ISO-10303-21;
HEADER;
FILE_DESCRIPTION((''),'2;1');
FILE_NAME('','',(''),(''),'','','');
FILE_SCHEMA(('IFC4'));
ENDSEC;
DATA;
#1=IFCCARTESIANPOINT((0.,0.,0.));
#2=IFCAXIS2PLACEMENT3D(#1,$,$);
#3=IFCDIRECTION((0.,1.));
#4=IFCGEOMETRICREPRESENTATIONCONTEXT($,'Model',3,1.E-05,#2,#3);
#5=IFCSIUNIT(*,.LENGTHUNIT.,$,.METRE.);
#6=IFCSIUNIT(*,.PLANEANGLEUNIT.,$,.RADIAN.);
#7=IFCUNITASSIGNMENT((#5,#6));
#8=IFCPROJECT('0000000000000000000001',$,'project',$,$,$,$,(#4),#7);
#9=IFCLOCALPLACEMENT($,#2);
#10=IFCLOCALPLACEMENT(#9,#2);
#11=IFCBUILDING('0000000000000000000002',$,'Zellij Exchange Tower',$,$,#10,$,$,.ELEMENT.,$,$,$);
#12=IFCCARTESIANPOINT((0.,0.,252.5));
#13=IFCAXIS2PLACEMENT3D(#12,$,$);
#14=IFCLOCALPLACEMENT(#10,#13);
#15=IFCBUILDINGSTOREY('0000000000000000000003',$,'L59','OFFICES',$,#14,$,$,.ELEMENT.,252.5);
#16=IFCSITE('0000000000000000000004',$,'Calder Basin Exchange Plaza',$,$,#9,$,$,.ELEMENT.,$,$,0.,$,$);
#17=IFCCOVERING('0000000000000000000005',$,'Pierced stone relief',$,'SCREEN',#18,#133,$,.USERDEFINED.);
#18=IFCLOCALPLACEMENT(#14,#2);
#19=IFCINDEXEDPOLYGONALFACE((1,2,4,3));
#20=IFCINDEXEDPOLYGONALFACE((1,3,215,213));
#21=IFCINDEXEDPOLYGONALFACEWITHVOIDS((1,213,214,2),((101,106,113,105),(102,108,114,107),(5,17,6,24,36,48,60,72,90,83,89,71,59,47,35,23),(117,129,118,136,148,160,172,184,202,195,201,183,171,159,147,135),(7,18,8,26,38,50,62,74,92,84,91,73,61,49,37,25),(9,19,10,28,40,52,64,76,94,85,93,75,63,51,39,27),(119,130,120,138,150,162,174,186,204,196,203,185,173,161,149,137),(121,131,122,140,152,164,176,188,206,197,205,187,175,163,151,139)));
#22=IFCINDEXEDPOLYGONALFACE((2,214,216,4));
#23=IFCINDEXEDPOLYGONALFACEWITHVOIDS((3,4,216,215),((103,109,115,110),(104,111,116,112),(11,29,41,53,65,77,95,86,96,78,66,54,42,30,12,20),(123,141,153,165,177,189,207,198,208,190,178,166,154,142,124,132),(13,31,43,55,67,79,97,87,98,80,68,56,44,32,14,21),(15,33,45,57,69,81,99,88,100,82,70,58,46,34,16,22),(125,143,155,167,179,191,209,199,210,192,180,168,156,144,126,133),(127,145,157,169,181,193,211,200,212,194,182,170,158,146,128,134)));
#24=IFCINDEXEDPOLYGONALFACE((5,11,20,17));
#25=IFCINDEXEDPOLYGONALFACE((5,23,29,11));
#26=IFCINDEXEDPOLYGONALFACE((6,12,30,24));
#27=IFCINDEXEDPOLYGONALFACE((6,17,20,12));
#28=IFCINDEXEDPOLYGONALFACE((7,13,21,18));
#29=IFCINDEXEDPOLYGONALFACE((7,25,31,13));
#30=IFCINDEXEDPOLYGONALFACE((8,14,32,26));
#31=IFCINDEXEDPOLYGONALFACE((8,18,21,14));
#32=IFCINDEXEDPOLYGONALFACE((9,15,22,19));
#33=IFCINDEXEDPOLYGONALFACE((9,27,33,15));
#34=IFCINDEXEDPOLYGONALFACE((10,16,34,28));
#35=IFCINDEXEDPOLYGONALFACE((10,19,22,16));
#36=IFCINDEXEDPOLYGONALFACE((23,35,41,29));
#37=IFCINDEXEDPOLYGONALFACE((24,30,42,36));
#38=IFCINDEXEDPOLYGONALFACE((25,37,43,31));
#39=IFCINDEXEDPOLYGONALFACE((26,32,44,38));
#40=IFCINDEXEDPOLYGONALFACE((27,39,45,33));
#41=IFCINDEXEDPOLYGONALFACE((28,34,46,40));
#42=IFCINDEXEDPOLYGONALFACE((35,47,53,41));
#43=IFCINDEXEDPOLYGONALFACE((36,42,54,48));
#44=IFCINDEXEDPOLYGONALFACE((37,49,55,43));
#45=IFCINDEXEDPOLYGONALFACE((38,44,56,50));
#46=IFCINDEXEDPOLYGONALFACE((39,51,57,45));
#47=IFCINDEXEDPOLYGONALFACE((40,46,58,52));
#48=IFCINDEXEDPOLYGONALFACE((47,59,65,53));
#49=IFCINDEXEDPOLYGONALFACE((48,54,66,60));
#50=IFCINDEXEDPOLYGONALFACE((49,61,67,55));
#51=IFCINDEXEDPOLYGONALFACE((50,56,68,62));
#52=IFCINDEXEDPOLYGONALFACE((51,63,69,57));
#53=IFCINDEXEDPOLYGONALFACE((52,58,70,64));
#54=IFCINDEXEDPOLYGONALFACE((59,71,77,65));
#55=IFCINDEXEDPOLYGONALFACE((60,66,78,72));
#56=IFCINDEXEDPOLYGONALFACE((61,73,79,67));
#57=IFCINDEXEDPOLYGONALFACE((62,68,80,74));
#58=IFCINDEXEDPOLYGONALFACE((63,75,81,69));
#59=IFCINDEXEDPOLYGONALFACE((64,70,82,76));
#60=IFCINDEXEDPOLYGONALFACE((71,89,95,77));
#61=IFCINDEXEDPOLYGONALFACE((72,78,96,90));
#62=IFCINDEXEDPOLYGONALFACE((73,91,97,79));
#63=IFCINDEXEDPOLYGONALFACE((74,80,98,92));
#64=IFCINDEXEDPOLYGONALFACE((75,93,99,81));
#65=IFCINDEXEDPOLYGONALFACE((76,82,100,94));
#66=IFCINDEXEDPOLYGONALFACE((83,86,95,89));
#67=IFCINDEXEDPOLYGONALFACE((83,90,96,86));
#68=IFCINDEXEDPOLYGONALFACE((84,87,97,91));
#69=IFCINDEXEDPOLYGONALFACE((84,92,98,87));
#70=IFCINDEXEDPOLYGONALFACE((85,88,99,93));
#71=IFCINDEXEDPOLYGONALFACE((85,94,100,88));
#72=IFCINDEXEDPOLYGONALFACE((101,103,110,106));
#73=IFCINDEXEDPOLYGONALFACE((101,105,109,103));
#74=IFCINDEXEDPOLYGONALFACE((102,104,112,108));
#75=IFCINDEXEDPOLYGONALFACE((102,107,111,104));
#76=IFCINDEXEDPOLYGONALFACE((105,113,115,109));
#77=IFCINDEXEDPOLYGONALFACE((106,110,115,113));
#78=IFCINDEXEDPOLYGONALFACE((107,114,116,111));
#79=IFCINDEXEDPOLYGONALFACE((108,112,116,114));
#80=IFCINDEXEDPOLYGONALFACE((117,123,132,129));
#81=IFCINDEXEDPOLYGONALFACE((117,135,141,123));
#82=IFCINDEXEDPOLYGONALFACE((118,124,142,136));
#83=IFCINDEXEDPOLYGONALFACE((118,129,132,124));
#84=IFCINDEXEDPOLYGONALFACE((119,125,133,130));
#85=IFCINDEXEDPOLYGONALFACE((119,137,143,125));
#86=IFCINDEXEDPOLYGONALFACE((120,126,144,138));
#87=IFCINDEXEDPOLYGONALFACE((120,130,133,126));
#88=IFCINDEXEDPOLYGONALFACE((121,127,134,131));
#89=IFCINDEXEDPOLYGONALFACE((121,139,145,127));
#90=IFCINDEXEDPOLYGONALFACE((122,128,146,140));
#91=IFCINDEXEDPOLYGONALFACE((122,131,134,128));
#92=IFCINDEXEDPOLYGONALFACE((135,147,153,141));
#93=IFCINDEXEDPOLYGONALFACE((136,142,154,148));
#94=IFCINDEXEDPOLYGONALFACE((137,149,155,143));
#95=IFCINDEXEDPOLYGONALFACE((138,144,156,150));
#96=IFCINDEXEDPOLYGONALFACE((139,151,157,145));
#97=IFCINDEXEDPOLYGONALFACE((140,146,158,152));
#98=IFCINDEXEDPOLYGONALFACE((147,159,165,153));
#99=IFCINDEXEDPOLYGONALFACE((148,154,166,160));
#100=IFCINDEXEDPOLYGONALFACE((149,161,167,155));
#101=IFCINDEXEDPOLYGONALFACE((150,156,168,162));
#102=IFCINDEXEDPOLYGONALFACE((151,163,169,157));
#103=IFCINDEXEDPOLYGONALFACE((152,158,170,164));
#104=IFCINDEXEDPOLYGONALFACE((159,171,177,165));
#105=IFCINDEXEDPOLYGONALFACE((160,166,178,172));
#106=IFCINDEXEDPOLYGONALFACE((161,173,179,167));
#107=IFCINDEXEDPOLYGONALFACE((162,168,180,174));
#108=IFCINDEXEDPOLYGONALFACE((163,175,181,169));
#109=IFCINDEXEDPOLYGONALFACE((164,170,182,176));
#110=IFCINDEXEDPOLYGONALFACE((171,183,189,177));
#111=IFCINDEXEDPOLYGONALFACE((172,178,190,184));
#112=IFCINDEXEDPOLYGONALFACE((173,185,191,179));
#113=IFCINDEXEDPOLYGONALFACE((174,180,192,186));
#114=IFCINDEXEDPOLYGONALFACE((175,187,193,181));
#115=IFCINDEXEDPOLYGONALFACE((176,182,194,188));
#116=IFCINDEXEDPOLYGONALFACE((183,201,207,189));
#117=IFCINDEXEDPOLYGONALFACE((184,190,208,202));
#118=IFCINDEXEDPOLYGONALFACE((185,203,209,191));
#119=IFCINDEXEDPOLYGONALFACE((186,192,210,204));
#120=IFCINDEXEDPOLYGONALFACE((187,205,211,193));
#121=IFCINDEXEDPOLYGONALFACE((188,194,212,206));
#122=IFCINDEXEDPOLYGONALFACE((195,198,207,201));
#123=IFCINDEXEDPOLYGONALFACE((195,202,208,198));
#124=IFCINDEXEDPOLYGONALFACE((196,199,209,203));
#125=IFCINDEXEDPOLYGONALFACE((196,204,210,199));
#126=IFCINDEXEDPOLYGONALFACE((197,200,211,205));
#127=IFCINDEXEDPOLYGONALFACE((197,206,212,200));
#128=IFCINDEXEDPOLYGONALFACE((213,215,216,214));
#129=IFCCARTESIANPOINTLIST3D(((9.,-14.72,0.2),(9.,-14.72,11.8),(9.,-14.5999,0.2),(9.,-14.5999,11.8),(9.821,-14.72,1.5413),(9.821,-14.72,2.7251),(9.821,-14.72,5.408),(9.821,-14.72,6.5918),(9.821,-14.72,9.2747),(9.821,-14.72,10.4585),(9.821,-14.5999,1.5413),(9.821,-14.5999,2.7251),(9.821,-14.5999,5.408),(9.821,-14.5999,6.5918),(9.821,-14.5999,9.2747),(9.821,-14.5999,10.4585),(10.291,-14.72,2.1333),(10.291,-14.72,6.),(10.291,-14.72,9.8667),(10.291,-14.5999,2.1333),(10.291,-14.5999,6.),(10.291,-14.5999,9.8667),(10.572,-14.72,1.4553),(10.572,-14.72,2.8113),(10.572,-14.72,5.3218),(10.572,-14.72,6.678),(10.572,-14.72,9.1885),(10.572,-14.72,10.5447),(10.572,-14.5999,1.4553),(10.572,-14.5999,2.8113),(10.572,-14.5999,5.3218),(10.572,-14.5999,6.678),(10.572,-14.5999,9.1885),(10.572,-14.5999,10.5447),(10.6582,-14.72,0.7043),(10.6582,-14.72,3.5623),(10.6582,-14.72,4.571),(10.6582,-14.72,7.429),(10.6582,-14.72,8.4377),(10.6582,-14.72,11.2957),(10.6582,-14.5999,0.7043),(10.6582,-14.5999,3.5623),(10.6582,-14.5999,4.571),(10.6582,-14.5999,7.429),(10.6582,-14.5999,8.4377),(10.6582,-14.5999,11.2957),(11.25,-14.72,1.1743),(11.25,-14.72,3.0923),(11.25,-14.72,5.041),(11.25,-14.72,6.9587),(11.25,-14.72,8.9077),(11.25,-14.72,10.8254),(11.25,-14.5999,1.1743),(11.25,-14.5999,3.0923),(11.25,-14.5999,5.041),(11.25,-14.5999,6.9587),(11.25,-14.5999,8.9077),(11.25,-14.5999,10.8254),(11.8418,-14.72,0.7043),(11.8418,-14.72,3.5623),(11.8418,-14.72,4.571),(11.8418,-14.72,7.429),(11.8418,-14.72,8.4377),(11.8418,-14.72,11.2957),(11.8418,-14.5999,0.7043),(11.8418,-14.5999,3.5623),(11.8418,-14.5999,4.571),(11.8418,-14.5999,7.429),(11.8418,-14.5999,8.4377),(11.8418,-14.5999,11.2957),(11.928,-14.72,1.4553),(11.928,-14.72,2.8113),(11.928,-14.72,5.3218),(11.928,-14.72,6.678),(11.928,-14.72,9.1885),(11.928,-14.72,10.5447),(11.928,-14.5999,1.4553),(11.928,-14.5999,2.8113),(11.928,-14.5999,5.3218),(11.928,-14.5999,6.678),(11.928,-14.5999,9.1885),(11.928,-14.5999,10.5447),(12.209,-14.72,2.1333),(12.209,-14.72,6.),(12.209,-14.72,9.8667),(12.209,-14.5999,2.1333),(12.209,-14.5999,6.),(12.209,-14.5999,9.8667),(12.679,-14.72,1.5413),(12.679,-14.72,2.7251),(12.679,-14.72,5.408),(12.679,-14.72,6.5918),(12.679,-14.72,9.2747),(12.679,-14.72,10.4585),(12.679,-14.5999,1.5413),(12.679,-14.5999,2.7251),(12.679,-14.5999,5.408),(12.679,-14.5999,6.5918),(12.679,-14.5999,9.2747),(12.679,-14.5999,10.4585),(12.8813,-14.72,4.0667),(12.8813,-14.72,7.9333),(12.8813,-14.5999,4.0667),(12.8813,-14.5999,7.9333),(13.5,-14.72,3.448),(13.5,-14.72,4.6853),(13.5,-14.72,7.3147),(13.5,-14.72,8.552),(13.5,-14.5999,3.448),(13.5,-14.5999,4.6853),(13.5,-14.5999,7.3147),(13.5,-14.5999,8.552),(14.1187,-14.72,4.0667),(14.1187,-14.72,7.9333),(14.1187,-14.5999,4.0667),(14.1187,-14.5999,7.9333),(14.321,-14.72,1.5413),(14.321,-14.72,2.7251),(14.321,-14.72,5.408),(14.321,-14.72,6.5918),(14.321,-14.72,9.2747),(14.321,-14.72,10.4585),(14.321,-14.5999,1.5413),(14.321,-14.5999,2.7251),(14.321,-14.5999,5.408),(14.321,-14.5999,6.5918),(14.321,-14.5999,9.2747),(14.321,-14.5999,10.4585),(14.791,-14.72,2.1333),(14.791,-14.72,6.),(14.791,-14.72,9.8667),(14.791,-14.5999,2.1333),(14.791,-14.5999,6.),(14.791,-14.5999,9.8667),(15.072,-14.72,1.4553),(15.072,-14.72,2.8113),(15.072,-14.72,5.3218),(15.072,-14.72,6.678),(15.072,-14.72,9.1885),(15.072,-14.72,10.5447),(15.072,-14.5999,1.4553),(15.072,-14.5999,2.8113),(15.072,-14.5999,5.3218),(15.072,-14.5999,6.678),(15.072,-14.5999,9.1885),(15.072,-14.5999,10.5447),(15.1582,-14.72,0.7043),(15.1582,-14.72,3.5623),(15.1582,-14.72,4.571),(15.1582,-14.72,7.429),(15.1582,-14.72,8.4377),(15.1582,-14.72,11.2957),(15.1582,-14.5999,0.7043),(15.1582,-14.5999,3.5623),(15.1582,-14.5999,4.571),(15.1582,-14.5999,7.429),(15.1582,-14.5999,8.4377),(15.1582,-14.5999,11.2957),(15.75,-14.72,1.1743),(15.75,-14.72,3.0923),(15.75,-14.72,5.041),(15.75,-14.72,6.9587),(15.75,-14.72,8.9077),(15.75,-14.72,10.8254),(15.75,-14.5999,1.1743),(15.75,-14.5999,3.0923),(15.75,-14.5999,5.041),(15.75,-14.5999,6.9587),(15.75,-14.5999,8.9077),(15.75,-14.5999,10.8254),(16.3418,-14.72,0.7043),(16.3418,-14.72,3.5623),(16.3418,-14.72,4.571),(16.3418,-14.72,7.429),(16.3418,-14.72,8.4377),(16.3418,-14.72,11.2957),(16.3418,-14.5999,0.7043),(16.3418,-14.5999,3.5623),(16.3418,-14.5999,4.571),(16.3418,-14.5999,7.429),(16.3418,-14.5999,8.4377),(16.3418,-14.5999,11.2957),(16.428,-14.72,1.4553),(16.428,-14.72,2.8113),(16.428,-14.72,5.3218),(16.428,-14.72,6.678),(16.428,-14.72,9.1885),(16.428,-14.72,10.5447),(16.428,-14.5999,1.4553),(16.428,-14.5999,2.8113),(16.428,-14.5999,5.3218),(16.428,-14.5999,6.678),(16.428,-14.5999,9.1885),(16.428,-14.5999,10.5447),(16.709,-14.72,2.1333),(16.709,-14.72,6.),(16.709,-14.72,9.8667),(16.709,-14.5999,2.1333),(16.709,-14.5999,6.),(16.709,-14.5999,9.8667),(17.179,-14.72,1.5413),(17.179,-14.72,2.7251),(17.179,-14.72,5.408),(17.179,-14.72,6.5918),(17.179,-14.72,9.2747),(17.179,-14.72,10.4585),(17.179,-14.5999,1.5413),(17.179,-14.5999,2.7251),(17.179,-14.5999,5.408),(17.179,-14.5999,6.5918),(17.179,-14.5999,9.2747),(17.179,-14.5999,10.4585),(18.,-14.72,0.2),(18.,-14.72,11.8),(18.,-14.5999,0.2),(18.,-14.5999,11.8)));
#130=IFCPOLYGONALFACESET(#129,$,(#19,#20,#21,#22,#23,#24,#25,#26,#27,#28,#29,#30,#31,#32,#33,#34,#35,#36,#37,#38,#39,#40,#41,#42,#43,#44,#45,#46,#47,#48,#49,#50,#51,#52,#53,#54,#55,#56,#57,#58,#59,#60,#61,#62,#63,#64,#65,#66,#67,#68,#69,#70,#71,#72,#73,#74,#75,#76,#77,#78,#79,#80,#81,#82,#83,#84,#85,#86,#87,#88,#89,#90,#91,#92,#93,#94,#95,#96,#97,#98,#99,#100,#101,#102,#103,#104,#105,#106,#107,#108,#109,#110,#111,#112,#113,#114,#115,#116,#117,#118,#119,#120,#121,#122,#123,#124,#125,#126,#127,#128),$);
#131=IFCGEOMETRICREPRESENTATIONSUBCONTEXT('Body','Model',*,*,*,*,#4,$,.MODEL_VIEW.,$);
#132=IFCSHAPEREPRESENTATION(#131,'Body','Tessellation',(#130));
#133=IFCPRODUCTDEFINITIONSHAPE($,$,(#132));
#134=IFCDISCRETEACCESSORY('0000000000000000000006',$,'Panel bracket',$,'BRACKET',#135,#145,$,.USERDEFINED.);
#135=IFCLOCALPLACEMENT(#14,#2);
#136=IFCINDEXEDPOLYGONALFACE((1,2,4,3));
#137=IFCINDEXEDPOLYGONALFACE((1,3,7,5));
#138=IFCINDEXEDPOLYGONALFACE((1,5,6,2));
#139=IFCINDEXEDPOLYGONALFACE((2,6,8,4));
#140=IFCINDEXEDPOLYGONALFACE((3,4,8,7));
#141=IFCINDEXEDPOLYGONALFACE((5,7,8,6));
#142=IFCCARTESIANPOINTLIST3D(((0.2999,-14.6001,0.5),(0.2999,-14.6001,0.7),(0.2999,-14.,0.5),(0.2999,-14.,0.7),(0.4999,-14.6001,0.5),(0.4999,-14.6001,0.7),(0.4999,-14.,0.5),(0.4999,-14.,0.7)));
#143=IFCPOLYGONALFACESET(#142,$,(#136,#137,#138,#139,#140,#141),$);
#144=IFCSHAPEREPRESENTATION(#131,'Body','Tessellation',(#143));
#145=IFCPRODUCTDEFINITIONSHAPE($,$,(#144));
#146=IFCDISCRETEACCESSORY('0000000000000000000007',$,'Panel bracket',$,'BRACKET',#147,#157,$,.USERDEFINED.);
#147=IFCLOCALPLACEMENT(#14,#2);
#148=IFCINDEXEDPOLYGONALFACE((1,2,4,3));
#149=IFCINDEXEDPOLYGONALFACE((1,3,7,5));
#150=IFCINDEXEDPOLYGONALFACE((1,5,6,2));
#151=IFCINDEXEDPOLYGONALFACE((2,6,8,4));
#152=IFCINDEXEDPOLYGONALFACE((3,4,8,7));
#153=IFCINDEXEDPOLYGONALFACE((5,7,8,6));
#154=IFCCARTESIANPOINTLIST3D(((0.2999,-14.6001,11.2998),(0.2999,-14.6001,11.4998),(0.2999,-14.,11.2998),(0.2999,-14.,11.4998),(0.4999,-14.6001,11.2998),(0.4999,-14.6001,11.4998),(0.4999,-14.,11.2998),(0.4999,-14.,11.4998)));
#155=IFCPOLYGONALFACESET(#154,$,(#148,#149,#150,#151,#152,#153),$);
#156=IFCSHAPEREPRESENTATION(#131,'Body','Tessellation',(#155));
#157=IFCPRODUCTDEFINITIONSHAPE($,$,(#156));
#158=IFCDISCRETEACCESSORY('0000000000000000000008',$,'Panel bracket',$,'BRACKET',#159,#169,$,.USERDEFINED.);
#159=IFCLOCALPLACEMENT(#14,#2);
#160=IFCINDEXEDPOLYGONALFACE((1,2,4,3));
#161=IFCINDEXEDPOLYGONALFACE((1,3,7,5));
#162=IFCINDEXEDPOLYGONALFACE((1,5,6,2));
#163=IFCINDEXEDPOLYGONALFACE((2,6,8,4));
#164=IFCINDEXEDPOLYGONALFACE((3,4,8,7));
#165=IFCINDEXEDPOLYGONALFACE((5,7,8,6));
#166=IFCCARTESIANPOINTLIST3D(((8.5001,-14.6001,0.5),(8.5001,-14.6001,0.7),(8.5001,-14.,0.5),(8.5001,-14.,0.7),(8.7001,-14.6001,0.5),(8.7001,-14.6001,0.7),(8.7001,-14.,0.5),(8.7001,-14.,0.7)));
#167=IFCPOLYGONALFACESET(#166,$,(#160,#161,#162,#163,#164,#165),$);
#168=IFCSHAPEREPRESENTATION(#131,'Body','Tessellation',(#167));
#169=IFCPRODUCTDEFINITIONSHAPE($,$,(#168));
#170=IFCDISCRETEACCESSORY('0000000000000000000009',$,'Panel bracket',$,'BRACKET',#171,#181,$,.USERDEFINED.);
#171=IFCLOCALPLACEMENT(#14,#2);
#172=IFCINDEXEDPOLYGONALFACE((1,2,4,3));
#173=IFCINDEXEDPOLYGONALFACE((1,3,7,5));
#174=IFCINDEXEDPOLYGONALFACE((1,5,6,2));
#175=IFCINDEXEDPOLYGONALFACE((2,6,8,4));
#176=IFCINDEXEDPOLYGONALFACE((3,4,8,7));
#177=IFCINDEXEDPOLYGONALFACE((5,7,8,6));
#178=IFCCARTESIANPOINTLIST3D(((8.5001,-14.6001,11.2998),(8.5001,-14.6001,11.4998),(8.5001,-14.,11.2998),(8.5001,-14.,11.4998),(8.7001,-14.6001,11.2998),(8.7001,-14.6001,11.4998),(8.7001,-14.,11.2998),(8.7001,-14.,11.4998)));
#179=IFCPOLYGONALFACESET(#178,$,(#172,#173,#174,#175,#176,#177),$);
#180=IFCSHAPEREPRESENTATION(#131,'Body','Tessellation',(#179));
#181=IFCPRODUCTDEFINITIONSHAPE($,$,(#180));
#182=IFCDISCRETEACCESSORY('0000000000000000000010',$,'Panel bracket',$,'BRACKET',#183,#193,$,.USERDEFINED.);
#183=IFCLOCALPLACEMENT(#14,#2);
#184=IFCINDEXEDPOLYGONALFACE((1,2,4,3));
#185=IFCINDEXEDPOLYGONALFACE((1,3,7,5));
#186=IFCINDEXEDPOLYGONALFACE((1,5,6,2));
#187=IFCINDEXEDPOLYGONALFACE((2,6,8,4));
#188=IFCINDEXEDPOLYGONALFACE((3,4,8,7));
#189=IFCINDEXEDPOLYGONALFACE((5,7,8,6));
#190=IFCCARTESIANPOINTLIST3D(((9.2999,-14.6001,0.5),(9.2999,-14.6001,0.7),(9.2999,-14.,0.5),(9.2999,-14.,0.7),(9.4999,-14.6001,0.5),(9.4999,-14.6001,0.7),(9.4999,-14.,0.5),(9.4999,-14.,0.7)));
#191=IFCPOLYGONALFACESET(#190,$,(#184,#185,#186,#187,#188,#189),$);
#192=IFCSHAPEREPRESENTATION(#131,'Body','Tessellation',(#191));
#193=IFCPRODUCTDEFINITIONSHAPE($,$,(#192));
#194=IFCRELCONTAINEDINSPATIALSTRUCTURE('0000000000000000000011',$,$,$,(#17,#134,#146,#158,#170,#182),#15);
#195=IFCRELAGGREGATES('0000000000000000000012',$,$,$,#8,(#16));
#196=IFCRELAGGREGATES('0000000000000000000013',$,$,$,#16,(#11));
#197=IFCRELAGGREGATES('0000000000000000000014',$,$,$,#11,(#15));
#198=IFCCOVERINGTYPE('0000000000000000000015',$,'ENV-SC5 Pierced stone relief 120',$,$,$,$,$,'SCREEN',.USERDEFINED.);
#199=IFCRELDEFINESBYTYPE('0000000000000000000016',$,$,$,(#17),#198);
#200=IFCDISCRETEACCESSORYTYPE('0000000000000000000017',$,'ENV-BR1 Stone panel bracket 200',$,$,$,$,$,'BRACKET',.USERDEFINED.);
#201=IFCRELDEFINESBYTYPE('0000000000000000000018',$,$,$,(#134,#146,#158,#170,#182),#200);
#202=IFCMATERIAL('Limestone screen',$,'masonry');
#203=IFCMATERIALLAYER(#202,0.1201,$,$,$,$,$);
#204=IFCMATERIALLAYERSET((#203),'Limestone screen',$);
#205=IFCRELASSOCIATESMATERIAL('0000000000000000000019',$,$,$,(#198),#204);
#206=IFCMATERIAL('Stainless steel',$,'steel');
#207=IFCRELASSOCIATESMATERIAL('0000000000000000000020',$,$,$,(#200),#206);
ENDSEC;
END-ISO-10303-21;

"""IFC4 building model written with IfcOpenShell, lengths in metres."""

from ifc_helpers import new_model, si_unit, direction, frame, origin, origin_2d, place, context, subcontext, project, spatial, polyline, rectangle, outline, extrude, material, layer, layer_set, type_object, element, save


model = new_model("IFC4")

# Units and contexts
model_context = context("Model", 3, precision=1e-05, world=origin(), true_north=direction((0.0, 1.0)))
body_context = subcontext(model_context, "Body", "Model", "MODEL_VIEW")
ifc_project = project(units=[si_unit("LENGTHUNIT", "METRE"), si_unit("PLANEANGLEUNIT", "RADIAN")], contexts=[model_context])

# Site, building, storey
site_placement = place(None, origin())
site = spatial("IfcSite", under=ifc_project, at=site_placement, Name="Calder Basin Exchange Plaza", CompositionType="ELEMENT", RefElevation=0.0)
building_placement = place(site_placement, origin())
building = spatial("IfcBuilding", under=site, at=building_placement, Name="Zellij Exchange Tower", CompositionType="ELEMENT")
storey_placement = place(building_placement, frame((0.0, 0.0, 252.5)))
storey = spatial("IfcBuildingStorey", under=building, at=storey_placement, Name="L59", Description="OFFICES", CompositionType="ELEMENT", Elevation=252.5)

# Shared definitions
ifc_material_1 = material(Name="Stainless steel", Category="steel")

# Covering
ifc_material_2 = material(Name="Limestone screen", Category="masonry")
ifc_layer_1 = layer(ifc_material_2, 0.1201)
ifc_layer_set_1 = layer_set([ifc_layer_1], Name="Limestone screen")
covering_type = type_object("IfcCoveringType", Name="ENV-SC5 Pierced stone relief 120", ElementType="SCREEN", PredefinedType="USERDEFINED", material=ifc_layer_set_1)
covering_1_placement = place(storey_placement, frame((9.0, -14.6599, 0.2), z_axis=(0.0, 0.0, 1.0), x_axis=(1.0, 0.0, 0.0)))
element("IfcCovering", 1, at=covering_1_placement, inside=storey, type_object=covering_type, Name="Pierced stone relief", ObjectType="SCREEN", PredefinedType="USERDEFINED", context=body_context, shape_type="SweptSolid", body=[
    extrude(outline(polyline([(0.0, 0.0), (9.0, 0.0), (9.0, 11.6001), (0.0, 11.6001), (0.0, 0.0)]), holes=[polyline([(3.679, 2.5251), (2.928, 2.6113), (2.8418, 3.3623), (2.25, 2.8923), (1.6582, 3.3623), (1.572, 2.6113), (0.821, 2.5251), (1.291, 1.9333), (0.821, 1.3413), (1.572, 1.2554), (1.6582, 0.5044), (2.25, 0.9744), (2.8418, 0.5044), (2.928, 1.2554), (3.679, 1.3413), (3.209, 1.9333), (3.679, 2.5251)]), polyline([(3.679, 6.3918), (2.928, 6.478), (2.8418, 7.229), (2.25, 6.7588), (1.6582, 7.229), (1.572, 6.478), (0.821, 6.3918), (1.291, 5.8), (0.821, 5.208), (1.572, 5.1218), (1.6582, 4.3711), (2.25, 4.8411), (2.8418, 4.3711), (2.928, 5.1218), (3.679, 5.208), (3.209, 5.8), (3.679, 6.3918)]), polyline([(3.679, 10.2585), (2.928, 10.3447), (2.8418, 11.0957), (2.25, 10.6255), (1.6582, 11.0957), (1.572, 10.3447), (0.821, 10.2585), (1.291, 9.6667), (0.821, 9.0747), (1.572, 8.9885), (1.6582, 8.2378), (2.25, 8.7078), (2.8418, 8.2378), (2.928, 8.9885), (3.679, 9.0747), (3.209, 9.6667), (3.679, 10.2585)]), polyline([(8.179, 2.5251), (7.428, 2.6113), (7.3418, 3.3623), (6.75, 2.8923), (6.1582, 3.3623), (6.072, 2.6113), (5.321, 2.5251), (5.791, 1.9333), (5.321, 1.3413), (6.072, 1.2554), (6.1582, 0.5044), (6.75, 0.9744), (7.3418, 0.5044), (7.428, 1.2554), (8.179, 1.3413), (7.709, 1.9333), (8.179, 2.5251)]), polyline([(8.179, 6.3918), (7.428, 6.478), (7.3418, 7.229), (6.75, 6.7588), (6.1582, 7.229), (6.072, 6.478), (5.321, 6.3918), (5.791, 5.8), (5.321, 5.208), (6.072, 5.1218), (6.1582, 4.3711), (6.75, 4.8411), (7.3418, 4.3711), (7.428, 5.1218), (8.179, 5.208), (7.709, 5.8), (8.179, 6.3918)]), polyline([(8.179, 10.2585), (7.428, 10.3447), (7.3418, 11.0957), (6.75, 10.6255), (6.1582, 11.0957), (6.072, 10.3447), (5.321, 10.2585), (5.791, 9.6667), (5.321, 9.0747), (6.072, 8.9885), (6.1582, 8.2378), (6.75, 8.7078), (7.3418, 8.2378), (7.428, 8.9885), (8.179, 9.0747), (7.709, 9.6667), (8.179, 10.2585)]), polyline([(5.1187, 3.8667), (4.5, 4.4854), (3.8813, 3.8667), (4.5, 3.248), (5.1187, 3.8667)]), polyline([(5.1187, 7.7334), (4.5, 8.3521), (3.8813, 7.7334), (4.5, 7.1147), (5.1187, 7.7334)])]), frame((0.0, 0.0601, 0.0), z_axis=(0.0, -1.0, 0.0), x_axis=(1.0, 0.0, 0.0)), (0.0, 0.0, 1.0), 0.1201),
])

# Discrete accessories
discrete_accessory_type = type_object("IfcDiscreteAccessoryType", Name="ENV-BR1 Stone panel bracket 200", ElementType="BRACKET", PredefinedType="USERDEFINED", material=ifc_material_1)
for number, where, z_axis, x_axis, name in (
    (2, (0.3999, -14.3, 0.5), (0.0, 0.0, 1.0), (1.0, 0.0, 0.0), "Panel bracket"),
    (3, (0.3999, -14.3, 11.2998), (0.0, 0.0, 1.0), (1.0, 0.0, 0.0), "Panel bracket"),
    (4, (8.6001, -14.3, 0.5), (0.0, 0.0, 1.0), (1.0, 0.0, 0.0), "Panel bracket"),
    (5, (8.6001, -14.3, 11.2998), (0.0, 0.0, 1.0), (1.0, 0.0, 0.0), "Panel bracket"),
    (6, (9.3999, -14.3, 0.5), (0.0, 0.0, 1.0), (1.0, 0.0, 0.0), "Panel bracket"),
):
    element("IfcDiscreteAccessory", number, at=place(storey_placement, frame(where, z_axis=z_axis, x_axis=x_axis)), inside=storey, type_object=discrete_accessory_type, Name=name, ObjectType="BRACKET", PredefinedType="USERDEFINED", context=body_context, shape_type="SweptSolid", body=[
        extrude(rectangle(XDim=0.2, YDim=0.6001, at=origin_2d()), origin(), (0.0, 0.0, 1.0), 0.2),
    ])

save(model, "model.ifc")
